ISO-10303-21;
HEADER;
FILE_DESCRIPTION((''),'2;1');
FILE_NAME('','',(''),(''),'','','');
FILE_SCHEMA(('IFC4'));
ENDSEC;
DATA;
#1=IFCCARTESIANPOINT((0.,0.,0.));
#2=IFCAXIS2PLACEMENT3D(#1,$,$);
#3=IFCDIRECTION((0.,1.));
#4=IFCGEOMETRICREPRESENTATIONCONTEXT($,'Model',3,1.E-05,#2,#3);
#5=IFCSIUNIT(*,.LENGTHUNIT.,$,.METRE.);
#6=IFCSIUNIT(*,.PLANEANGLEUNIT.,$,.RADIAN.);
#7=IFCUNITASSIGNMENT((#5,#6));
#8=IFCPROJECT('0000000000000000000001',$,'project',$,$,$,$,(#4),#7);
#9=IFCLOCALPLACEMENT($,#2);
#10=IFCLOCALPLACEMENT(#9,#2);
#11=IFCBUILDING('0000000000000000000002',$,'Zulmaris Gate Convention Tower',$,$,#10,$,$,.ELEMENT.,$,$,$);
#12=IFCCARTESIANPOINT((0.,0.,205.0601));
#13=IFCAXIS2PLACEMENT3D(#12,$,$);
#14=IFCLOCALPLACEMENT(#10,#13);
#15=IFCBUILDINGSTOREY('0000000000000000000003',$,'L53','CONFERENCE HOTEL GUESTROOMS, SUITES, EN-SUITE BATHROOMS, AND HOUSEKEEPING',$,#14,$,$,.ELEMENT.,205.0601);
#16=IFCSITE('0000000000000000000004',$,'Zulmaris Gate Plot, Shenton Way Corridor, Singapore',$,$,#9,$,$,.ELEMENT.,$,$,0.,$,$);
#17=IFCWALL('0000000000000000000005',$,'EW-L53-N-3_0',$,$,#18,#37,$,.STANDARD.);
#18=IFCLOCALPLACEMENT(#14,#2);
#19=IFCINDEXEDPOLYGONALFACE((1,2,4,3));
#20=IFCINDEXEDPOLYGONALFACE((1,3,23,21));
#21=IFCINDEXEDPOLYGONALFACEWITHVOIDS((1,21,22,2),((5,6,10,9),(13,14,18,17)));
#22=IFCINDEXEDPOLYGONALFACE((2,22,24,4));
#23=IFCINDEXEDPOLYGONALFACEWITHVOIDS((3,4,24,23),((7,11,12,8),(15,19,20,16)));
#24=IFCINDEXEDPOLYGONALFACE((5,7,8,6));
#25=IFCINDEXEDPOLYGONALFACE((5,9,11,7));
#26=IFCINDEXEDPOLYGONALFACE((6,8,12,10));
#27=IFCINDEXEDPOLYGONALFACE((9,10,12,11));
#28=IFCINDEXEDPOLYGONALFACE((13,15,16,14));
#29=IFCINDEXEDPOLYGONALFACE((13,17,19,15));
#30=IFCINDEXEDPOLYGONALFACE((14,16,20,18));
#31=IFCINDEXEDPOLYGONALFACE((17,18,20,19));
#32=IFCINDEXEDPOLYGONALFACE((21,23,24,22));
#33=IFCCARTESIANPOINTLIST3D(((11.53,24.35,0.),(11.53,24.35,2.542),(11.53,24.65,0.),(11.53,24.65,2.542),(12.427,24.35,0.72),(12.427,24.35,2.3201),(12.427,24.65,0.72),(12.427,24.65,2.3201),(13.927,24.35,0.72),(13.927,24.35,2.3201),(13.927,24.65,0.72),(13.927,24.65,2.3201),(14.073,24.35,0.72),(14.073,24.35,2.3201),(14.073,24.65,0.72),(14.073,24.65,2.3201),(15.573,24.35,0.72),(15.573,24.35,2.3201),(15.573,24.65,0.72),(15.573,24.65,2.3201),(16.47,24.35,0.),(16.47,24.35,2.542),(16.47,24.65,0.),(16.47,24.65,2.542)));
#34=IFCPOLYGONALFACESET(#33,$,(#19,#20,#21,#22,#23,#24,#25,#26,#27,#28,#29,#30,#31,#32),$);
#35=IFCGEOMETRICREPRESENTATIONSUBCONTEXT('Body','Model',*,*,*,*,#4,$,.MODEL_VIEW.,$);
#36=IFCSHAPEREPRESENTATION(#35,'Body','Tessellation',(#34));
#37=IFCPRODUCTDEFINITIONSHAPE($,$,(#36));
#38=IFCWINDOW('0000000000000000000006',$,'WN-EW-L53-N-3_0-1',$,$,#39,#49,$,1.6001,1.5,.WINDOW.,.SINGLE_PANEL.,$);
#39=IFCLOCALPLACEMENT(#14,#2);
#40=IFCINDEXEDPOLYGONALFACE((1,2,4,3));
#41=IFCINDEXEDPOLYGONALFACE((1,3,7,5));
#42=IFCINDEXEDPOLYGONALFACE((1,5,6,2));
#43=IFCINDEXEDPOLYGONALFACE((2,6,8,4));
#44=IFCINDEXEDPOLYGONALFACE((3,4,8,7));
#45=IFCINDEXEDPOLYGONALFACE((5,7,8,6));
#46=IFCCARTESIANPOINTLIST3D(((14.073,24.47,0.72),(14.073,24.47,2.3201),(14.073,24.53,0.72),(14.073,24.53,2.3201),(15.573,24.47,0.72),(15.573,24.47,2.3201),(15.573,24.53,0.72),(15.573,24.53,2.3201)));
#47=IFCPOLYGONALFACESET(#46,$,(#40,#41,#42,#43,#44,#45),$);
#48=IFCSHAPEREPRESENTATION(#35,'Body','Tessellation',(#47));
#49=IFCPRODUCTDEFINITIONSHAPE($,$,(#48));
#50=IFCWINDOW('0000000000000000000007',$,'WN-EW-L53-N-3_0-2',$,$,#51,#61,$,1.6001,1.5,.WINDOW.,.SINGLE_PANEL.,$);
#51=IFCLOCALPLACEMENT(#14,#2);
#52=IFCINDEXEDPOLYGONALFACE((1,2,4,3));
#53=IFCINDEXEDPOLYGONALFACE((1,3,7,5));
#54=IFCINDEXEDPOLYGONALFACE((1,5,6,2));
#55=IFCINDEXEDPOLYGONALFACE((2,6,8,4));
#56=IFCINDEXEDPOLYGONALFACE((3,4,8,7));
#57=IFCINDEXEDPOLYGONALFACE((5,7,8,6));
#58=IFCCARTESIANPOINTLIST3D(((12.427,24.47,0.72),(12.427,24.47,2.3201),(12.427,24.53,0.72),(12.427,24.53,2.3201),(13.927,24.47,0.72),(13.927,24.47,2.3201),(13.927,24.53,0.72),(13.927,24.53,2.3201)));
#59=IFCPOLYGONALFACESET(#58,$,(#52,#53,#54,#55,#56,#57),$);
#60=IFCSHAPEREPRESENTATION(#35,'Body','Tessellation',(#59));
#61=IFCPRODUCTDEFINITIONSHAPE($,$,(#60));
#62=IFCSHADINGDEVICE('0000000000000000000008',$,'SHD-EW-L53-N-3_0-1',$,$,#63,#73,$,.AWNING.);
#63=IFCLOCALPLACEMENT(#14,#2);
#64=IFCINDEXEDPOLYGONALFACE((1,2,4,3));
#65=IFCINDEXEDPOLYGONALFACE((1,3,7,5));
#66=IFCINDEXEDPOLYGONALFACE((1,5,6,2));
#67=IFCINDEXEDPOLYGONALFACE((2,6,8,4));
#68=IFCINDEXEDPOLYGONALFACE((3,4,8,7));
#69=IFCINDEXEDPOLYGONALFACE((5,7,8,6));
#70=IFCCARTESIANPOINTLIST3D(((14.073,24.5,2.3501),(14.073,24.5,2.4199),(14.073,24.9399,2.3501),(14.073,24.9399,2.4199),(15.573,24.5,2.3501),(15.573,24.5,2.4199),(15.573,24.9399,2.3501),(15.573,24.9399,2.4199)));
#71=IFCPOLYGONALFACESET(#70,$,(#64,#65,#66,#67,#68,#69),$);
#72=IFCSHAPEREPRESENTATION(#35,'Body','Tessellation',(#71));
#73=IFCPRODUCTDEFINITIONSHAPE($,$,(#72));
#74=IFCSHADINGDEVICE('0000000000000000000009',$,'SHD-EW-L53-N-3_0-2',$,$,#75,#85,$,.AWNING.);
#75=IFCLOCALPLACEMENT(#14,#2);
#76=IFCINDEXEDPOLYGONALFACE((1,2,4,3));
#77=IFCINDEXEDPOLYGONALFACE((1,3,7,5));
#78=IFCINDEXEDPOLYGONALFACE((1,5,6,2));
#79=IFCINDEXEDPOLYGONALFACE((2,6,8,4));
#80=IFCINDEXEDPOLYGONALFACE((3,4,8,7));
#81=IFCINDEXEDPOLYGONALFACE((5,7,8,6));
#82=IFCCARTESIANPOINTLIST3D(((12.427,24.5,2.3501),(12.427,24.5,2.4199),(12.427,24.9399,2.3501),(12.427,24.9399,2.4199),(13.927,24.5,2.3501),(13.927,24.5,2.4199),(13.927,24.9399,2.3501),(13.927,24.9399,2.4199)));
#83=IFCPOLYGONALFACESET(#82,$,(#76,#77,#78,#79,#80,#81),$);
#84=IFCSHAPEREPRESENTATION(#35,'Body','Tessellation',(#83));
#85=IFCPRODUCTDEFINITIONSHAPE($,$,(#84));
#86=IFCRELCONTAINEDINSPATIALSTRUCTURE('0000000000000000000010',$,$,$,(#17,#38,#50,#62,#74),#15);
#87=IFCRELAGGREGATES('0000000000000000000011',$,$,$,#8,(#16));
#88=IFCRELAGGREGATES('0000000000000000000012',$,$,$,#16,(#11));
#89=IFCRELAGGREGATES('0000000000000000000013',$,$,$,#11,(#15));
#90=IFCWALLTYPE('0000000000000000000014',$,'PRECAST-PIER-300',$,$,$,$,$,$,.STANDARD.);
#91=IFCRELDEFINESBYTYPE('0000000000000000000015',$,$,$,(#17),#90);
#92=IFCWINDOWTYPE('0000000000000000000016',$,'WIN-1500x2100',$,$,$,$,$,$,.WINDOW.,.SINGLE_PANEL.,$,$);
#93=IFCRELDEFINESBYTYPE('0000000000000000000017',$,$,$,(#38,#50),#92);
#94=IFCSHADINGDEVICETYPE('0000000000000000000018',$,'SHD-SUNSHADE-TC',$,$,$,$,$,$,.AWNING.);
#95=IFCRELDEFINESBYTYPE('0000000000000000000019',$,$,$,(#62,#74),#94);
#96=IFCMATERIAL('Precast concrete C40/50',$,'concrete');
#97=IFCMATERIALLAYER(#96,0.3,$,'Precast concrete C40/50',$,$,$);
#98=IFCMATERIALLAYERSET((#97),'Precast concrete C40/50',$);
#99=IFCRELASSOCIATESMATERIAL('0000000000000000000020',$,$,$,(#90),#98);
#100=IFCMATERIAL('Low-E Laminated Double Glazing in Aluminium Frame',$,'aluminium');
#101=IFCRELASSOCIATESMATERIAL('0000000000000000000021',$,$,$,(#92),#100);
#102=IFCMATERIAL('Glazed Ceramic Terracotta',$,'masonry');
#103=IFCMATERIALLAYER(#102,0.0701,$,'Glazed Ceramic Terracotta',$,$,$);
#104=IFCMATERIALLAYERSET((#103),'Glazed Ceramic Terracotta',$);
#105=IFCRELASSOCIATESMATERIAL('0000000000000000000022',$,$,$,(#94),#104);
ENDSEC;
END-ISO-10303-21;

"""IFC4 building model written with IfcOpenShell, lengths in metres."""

from ifc_helpers import new_model, si_unit, direction, frame, frame_2d, origin, place, context, subcontext, project, spatial, rectangle, extrude, material, layer, layer_set, type_object, element, fill, save


model = new_model("IFC4")

# Units and contexts
model_context = context("Model", 3, precision=1e-05, world=origin(), true_north=direction((0.0, 1.0)))
body_context = subcontext(model_context, "Body", "Model", "MODEL_VIEW")
ifc_project = project(units=[si_unit("LENGTHUNIT", "METRE"), si_unit("PLANEANGLEUNIT", "RADIAN")], contexts=[model_context])

# Site, building, storey
site_placement = place(None, origin())
site = spatial("IfcSite", under=ifc_project, at=site_placement, Name="Zulmaris Gate Plot, Shenton Way Corridor, Singapore", CompositionType="ELEMENT", RefElevation=0.0)
building_placement = place(site_placement, origin())
building = spatial("IfcBuilding", under=site, at=building_placement, Name="Zulmaris Gate Convention Tower", CompositionType="ELEMENT")
storey_placement = place(building_placement, frame((0.0, 0.0, 205.0601)))
storey = spatial("IfcBuildingStorey", under=building, at=storey_placement, Name="L53", Description="CONFERENCE HOTEL GUESTROOMS, SUITES, EN-SUITE BATHROOMS, AND HOUSEKEEPING", CompositionType="ELEMENT", Elevation=205.0601)

# Wall, openings, windows
ifc_material_1 = material(Name="Precast concrete C40/50", Category="concrete")
ifc_layer_1 = layer(ifc_material_1, 0.3, Name="Precast concrete C40/50")
ifc_layer_set_1 = layer_set([ifc_layer_1], Name="Precast concrete C40/50")
wall_type_1 = type_object("IfcWallType", Name="PRECAST-PIER-300", PredefinedType="STANDARD", material=ifc_layer_set_1)
wall_1_placement = place(storey_placement, frame((16.47, 24.5, 0.0), z_axis=(0.0, 0.0, 1.0), x_axis=(-1.0, 0.0, 0.0)))
wall_1 = element("IfcWall", 1, at=wall_1_placement, inside=storey, type_object=wall_type_1, Name="EW-L53-N-3_0", PredefinedType="STANDARD", context=body_context, shape_type="SweptSolid", body=[
    extrude(rectangle(XDim=4.9399, YDim=0.3, at=frame_2d((2.47, 0.0))), origin(), (0.0, 0.0, 1.0), 2.542),
])
opening_1_placement = place(wall_1_placement, frame((0.897, 0.0, 0.72)))
opening_1 = element("IfcOpeningElement", 2, at=opening_1_placement, cuts=wall_1, PredefinedType="OPENING", context=body_context, shape_type="SweptSolid", body=[
    extrude(rectangle(XDim=1.5, YDim=1.6001, at=frame_2d((0.75, 0.8))), frame((0.0, 0.1602, 0.0), z_axis=(0.0, -1.0, 0.0), x_axis=(1.0, 0.0, 0.0)), (0.0, 0.0, 1.0), 0.3201),
])
opening_2_placement = place(wall_1_placement, frame((2.543, 0.0, 0.72)))
opening_2 = element("IfcOpeningElement", 3, at=opening_2_placement, cuts=wall_1, PredefinedType="OPENING", context=body_context, shape_type="SweptSolid", body=[
    extrude(rectangle(XDim=1.5, YDim=1.6001, at=frame_2d((0.75, 0.8))), frame((0.0, 0.1602, 0.0), z_axis=(0.0, -1.0, 0.0), x_axis=(1.0, 0.0, 0.0)), (0.0, 0.0, 1.0), 0.3201),
])
ifc_material_2 = material(Name="Low-E Laminated Double Glazing in Aluminium Frame", Category="aluminium")
window_type = type_object("IfcWindowType", Name="WIN-1500x2100", PartitioningType="SINGLE_PANEL", PredefinedType="WINDOW", material=ifc_material_2)
window_1_placement = place(opening_1_placement, origin())
window_1 = element("IfcWindow", 4, at=window_1_placement, inside=storey, type_object=window_type, Name="WN-EW-L53-N-3_0-1", OverallHeight=1.6001, OverallWidth=1.5, PartitioningType="SINGLE_PANEL", PredefinedType="WINDOW", context=body_context, shape_type="SweptSolid", body=[
    extrude(rectangle(XDim=1.5, YDim=1.6001, at=frame_2d((0.75, 0.8))), frame((0.0, 0.03, 0.0), z_axis=(0.0, -1.0, 0.0), x_axis=(1.0, 0.0, 0.0)), (0.0, 0.0, 1.0), 0.0601),
])
fill(opening_1, window_1)
window_2_placement = place(opening_2_placement, origin())
window_2 = element("IfcWindow", 5, at=window_2_placement, inside=storey, type_object=window_type, Name="WN-EW-L53-N-3_0-2", OverallHeight=1.6001, OverallWidth=1.5, PartitioningType="SINGLE_PANEL", PredefinedType="WINDOW", context=body_context, shape_type="SweptSolid", body=[
    extrude(rectangle(XDim=1.5, YDim=1.6001, at=frame_2d((0.75, 0.8))), frame((0.0, 0.03, 0.0), z_axis=(0.0, -1.0, 0.0), x_axis=(1.0, 0.0, 0.0)), (0.0, 0.0, 1.0), 0.0601),
])
fill(opening_2, window_2)

# Shading devices
ifc_material_3 = material(Name="Glazed Ceramic Terracotta", Category="masonry")
ifc_layer_2 = layer(ifc_material_3, 0.0701, Name="Glazed Ceramic Terracotta")
ifc_layer_set_2 = layer_set([ifc_layer_2], Name="Glazed Ceramic Terracotta")
shading_device_type = type_object("IfcShadingDeviceType", Name="SHD-SUNSHADE-TC", PredefinedType="AWNING", material=ifc_layer_set_2)
for number, where, z_axis, x_axis, name in (
    (6, (15.573, 24.72, 2.3501), (0.0, 0.0, 1.0), (-1.0, 0.0, 0.0), "SHD-EW-L53-N-3_0-1"),
    (7, (13.927, 24.72, 2.3501), (0.0, 0.0, 1.0), (-1.0, 0.0, 0.0), "SHD-EW-L53-N-3_0-2"),
):
    element("IfcShadingDevice", number, at=place(storey_placement, frame(where, z_axis=z_axis, x_axis=x_axis)), inside=storey, type_object=shading_device_type, Name=name, PredefinedType="AWNING", context=body_context, shape_type="SweptSolid", body=[
        extrude(rectangle(XDim=1.5, YDim=0.4399, at=frame_2d((0.75, 0.0))), origin(), (0.0, 0.0, 1.0), 0.0698),
    ])

save(model, "model.ifc")
